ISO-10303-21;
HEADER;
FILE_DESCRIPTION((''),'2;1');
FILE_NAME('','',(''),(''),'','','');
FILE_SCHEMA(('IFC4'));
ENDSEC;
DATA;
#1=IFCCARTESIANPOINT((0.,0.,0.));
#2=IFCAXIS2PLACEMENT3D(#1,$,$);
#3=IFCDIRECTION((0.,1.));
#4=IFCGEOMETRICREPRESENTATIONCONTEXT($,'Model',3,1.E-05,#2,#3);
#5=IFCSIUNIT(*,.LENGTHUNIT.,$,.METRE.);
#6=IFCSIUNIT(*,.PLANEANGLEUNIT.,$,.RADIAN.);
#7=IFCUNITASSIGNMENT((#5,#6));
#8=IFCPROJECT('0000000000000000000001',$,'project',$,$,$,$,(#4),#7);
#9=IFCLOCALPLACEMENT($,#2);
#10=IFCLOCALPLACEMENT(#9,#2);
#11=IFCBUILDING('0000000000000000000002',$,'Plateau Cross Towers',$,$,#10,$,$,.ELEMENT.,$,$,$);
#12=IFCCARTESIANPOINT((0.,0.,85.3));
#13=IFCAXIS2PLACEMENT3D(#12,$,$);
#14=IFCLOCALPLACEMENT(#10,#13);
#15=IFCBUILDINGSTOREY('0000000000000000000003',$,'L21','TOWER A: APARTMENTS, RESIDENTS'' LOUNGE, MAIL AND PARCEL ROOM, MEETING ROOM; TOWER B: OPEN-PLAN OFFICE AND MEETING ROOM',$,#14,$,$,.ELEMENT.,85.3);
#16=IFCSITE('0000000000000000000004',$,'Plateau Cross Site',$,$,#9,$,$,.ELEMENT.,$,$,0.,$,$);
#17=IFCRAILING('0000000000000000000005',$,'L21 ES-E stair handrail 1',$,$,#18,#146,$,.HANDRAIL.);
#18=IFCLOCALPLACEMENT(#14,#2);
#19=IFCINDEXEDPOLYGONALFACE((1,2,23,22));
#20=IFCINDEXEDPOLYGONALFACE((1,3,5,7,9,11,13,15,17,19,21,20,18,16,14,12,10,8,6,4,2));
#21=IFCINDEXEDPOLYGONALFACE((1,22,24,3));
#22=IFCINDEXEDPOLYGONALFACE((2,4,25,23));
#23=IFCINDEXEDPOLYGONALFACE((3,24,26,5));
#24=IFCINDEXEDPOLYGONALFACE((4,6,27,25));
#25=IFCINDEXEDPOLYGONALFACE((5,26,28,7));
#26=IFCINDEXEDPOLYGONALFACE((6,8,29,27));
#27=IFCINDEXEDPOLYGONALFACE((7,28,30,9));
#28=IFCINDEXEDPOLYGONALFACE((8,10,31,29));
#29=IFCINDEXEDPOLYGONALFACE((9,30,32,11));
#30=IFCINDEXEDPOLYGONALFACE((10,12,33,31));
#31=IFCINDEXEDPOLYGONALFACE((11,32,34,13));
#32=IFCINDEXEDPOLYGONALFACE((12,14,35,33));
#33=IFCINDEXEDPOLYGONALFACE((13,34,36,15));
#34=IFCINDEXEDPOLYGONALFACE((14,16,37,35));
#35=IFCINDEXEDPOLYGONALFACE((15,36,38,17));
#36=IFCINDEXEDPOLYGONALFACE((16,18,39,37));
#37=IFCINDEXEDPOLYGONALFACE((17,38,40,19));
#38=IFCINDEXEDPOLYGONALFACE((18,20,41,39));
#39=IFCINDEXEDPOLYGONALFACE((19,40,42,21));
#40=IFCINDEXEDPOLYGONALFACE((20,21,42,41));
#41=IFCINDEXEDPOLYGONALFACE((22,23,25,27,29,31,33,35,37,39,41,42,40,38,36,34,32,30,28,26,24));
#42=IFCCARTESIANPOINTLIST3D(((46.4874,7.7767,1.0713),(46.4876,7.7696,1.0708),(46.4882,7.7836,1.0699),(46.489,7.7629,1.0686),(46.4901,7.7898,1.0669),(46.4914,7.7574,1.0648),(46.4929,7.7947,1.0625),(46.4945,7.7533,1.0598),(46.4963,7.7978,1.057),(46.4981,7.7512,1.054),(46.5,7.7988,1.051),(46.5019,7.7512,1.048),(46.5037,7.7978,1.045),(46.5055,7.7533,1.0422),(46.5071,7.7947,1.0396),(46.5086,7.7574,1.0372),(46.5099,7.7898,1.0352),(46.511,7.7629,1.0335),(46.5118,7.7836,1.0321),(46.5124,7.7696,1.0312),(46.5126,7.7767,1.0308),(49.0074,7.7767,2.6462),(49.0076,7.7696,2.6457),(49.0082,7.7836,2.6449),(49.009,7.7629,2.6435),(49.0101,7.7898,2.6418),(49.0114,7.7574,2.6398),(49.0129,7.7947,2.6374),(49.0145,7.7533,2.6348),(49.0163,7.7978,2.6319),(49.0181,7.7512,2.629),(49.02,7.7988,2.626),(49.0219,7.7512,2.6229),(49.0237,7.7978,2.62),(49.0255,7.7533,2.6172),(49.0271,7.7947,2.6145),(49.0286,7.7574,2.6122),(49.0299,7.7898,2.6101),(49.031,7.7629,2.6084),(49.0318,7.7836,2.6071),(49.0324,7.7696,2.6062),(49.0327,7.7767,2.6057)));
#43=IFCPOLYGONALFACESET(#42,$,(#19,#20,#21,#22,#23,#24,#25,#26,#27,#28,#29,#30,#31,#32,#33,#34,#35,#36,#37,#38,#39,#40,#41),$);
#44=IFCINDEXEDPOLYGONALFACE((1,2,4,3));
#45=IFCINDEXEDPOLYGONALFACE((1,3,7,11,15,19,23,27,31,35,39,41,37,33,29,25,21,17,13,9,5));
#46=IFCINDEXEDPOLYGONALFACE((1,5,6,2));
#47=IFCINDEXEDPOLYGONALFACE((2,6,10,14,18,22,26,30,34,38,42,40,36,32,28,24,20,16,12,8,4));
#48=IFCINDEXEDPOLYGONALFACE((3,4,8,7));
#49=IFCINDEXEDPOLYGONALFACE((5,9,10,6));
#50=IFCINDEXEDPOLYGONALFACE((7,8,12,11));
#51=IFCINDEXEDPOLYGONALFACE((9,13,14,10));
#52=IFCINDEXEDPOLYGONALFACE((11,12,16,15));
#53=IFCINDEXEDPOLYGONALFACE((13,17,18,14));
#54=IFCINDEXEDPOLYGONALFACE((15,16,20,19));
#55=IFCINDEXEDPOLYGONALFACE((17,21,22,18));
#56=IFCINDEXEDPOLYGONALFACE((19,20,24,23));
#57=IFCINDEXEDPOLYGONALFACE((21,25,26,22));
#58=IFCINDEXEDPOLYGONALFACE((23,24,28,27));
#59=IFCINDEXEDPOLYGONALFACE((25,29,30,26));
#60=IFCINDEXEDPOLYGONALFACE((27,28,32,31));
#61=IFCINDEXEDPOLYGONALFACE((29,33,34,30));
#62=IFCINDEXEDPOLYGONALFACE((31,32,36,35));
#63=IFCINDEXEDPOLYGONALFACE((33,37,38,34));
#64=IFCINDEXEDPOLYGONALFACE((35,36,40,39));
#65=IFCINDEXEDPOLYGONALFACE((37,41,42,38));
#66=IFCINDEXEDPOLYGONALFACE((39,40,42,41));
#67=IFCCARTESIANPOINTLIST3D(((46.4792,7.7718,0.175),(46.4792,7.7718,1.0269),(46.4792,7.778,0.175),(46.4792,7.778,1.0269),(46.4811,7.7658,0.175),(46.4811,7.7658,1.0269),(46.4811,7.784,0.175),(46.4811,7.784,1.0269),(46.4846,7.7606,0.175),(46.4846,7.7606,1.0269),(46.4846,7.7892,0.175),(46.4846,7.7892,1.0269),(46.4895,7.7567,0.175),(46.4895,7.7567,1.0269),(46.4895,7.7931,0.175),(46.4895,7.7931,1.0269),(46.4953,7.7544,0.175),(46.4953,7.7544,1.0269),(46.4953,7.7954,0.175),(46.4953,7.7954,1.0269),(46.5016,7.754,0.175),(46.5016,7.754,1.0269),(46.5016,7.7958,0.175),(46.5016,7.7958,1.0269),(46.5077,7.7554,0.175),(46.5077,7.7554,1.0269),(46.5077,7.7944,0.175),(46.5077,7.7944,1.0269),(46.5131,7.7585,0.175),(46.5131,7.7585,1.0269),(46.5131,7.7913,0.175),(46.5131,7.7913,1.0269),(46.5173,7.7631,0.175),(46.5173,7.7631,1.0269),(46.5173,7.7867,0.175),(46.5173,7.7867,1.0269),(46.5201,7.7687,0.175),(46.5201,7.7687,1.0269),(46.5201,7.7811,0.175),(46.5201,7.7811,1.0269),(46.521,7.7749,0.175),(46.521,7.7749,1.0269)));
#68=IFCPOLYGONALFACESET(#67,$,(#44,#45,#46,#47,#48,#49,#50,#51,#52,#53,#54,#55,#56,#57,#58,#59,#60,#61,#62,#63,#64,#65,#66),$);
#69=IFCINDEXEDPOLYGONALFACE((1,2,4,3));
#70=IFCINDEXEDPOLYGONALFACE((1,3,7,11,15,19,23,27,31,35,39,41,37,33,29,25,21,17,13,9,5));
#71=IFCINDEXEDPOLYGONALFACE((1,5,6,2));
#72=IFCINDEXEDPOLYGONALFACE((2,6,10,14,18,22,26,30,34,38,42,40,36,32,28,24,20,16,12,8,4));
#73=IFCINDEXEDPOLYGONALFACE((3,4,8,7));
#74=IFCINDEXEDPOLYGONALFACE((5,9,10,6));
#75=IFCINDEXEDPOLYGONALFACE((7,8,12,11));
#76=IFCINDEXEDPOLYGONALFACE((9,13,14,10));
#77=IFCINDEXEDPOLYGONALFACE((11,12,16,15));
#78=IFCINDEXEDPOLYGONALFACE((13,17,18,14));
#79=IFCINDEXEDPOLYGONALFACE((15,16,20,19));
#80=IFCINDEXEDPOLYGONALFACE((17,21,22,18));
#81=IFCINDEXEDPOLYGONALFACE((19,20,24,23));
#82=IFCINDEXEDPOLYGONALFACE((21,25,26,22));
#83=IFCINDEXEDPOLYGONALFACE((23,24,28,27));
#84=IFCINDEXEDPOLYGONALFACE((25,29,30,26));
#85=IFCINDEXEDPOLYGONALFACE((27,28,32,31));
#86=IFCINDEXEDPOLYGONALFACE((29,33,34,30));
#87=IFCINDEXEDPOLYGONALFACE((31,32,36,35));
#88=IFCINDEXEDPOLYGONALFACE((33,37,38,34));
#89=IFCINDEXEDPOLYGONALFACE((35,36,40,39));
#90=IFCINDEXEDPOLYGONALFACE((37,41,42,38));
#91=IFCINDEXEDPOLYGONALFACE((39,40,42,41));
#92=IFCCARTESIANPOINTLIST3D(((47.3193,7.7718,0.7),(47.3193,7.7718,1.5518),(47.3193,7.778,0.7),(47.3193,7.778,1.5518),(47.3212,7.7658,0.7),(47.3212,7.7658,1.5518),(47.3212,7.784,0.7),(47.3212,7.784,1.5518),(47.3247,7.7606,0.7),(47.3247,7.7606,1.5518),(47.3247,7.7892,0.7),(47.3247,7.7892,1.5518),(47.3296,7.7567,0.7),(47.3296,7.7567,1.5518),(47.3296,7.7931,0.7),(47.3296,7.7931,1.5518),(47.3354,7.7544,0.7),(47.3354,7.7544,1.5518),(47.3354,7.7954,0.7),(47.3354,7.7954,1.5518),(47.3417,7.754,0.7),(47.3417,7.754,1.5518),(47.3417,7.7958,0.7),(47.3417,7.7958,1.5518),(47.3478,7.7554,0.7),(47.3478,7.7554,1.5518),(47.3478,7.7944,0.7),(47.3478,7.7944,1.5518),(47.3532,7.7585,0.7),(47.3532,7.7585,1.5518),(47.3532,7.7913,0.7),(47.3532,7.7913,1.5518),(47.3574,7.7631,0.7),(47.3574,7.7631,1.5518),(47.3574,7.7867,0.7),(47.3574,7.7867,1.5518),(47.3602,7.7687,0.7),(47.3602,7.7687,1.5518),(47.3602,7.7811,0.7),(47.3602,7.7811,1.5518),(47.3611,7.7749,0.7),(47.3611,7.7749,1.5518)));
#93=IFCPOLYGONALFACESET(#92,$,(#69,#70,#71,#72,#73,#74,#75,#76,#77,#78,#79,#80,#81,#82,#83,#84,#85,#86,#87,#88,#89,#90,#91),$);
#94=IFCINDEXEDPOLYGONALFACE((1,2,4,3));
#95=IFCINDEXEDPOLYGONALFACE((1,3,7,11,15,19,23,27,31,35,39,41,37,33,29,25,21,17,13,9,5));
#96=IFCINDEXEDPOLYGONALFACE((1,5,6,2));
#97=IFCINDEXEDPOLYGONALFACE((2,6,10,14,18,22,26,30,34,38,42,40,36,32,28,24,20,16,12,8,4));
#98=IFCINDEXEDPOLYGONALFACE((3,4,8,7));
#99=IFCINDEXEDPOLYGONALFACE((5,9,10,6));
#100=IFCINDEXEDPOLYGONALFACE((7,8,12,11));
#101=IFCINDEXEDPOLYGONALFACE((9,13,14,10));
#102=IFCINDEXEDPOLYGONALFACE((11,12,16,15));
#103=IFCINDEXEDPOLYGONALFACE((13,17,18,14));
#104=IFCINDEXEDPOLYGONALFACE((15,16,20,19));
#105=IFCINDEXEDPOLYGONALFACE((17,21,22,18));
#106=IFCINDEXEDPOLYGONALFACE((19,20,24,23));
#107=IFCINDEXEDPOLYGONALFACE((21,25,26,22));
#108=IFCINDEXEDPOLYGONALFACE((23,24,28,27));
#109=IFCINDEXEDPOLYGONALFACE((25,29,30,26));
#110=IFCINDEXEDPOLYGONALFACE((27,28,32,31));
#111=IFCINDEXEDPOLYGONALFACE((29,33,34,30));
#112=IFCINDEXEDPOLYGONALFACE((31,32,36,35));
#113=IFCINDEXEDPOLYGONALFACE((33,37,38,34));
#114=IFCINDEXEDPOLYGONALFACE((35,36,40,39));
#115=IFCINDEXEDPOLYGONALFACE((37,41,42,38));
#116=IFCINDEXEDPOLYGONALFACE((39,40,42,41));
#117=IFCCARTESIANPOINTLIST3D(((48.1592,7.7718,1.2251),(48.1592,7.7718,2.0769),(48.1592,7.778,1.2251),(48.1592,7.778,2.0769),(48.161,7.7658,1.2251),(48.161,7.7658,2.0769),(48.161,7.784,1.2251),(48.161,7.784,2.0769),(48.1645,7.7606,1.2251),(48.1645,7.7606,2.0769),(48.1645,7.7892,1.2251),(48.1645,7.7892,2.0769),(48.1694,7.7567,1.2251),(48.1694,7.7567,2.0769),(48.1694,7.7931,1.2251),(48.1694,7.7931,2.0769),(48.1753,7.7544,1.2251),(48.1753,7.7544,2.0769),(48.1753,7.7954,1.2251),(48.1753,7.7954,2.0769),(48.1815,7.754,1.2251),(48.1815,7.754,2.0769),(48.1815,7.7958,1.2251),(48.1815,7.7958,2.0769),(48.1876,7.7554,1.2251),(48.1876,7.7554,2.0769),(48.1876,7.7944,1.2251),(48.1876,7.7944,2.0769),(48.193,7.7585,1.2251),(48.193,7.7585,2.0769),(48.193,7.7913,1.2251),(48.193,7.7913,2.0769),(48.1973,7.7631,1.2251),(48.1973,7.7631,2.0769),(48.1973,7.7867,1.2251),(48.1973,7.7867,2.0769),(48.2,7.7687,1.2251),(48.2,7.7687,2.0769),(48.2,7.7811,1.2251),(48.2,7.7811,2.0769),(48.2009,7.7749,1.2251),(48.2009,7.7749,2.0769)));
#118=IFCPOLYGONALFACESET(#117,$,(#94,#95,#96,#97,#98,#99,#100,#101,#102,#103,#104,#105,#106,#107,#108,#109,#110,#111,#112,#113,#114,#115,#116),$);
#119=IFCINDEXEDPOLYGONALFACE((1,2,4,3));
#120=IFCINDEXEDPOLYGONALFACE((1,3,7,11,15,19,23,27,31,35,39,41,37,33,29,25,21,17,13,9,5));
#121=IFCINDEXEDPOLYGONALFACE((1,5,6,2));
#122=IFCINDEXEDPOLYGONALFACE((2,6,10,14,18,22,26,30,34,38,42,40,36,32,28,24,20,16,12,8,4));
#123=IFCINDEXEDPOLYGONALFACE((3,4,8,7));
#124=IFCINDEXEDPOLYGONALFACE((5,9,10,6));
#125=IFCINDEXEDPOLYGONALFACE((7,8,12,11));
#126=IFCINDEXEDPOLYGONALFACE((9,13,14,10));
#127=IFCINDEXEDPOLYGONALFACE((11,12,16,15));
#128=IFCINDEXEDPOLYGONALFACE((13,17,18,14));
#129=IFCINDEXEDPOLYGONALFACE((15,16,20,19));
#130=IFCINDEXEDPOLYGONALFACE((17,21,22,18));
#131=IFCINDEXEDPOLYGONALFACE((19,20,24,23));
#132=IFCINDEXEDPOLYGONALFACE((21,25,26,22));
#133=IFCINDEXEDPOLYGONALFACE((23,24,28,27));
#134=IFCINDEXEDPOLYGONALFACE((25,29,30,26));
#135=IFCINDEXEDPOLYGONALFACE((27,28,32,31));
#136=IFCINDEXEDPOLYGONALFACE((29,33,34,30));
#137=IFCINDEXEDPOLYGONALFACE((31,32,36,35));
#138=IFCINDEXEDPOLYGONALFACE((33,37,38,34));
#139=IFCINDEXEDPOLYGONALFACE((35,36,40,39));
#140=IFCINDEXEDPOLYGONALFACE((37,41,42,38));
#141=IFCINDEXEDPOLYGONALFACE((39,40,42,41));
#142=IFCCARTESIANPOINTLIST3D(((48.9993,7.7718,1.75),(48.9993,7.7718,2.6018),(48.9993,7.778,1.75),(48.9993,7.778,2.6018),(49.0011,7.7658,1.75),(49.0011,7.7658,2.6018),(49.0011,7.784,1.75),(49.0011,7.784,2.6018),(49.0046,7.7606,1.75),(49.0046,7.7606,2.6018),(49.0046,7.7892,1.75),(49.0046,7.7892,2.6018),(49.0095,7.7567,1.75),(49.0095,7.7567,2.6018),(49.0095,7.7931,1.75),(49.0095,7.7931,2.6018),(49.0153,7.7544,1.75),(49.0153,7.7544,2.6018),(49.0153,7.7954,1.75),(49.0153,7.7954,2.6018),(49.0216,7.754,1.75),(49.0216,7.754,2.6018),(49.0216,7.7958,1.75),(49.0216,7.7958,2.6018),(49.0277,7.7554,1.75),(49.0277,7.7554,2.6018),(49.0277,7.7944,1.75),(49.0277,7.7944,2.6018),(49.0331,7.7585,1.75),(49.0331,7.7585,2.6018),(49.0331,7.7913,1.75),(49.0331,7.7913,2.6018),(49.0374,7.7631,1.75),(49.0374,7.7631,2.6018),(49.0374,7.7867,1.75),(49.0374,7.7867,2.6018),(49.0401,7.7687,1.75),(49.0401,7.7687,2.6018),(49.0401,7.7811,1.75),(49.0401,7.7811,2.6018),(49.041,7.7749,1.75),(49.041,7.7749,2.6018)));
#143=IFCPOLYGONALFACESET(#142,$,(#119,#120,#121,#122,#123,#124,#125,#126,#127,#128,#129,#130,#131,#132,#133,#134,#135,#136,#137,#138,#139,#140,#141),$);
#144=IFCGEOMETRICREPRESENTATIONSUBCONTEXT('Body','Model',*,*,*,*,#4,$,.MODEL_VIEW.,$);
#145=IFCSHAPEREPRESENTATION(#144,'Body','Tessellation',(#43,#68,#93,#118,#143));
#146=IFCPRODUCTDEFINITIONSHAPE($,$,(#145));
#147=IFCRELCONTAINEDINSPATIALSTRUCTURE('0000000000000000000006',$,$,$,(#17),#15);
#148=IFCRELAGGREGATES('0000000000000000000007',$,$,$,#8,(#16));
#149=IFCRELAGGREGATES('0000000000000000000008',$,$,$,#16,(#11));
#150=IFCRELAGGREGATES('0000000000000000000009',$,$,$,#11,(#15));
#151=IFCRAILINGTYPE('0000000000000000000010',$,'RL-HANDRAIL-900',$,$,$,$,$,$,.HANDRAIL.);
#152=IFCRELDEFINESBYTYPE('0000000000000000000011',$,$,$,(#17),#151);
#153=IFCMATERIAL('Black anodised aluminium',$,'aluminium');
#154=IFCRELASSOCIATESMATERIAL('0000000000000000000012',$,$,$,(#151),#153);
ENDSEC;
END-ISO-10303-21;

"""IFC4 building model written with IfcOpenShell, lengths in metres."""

from ifc_helpers import new_model, si_unit, direction, frame, origin, origin_2d, place, context, subcontext, project, spatial, circle, extrude, material, type_object, element, save


model = new_model("IFC4")

# Units and contexts
model_context = context("Model", 3, precision=1e-05, world=origin(), true_north=direction((0.0, 1.0)))
body_context = subcontext(model_context, "Body", "Model", "MODEL_VIEW")
ifc_project = project(units=[si_unit("LENGTHUNIT", "METRE"), si_unit("PLANEANGLEUNIT", "RADIAN")], contexts=[model_context])

# Site, building, storey
site_placement = place(None, origin())
site = spatial("IfcSite", under=ifc_project, at=site_placement, Name="Plateau Cross Site", CompositionType="ELEMENT", RefElevation=0.0)
building_placement = place(site_placement, origin())
building = spatial("IfcBuilding", under=site, at=building_placement, Name="Plateau Cross Towers", CompositionType="ELEMENT")
storey_placement = place(building_placement, frame((0.0, 0.0, 85.3)))
storey = spatial("IfcBuildingStorey", under=building, at=storey_placement, Name="L21", Description="TOWER A: APARTMENTS, RESIDENTS' LOUNGE, MAIL AND PARCEL ROOM, MEETING ROOM; TOWER B: OPEN-PLAN OFFICE AND MEETING ROOM", CompositionType="ELEMENT", Elevation=85.3)

# Shared definitions
ifc_material_1 = material(Name="Black anodised aluminium", Category="aluminium")

# Railing
railing_type_1 = type_object("IfcRailingType", Name="RL-HANDRAIL-900", PredefinedType="HANDRAIL", material=ifc_material_1)
railing_placement = place(storey_placement, frame((46.5, 7.7749, 0.175)))
element("IfcRailing", 1, at=railing_placement, inside=storey, type_object=railing_type_1, Name="L21 ES-E stair handrail 1", PredefinedType="HANDRAIL", context=body_context, shape_type="SweptSolid", body=[
    extrude(circle(Radius=0.0239, at=origin_2d()), frame((0.0, 0.0, 0.876), z_axis=(0.848008, 0.0, 0.529984), x_axis=(0.0, 1.0, 0.0)), (0.0, 0.0, 1.0), 2.9717),
    extrude(circle(Radius=0.021, at=origin_2d()), origin(), (0.0, 0.0, 1.0), 0.8518),
    extrude(circle(Radius=0.021, at=origin_2d()), frame((0.8401, 0.0, 0.5249)), (0.0, 0.0, 1.0), 0.8518),
    extrude(circle(Radius=0.021, at=origin_2d()), frame((1.6799, 0.0, 1.05)), (0.0, 0.0, 1.0), 0.8518),
    extrude(circle(Radius=0.021, at=origin_2d()), frame((2.52, 0.0, 1.575)), (0.0, 0.0, 1.0), 0.8518),
])

save(model, "model.ifc")
